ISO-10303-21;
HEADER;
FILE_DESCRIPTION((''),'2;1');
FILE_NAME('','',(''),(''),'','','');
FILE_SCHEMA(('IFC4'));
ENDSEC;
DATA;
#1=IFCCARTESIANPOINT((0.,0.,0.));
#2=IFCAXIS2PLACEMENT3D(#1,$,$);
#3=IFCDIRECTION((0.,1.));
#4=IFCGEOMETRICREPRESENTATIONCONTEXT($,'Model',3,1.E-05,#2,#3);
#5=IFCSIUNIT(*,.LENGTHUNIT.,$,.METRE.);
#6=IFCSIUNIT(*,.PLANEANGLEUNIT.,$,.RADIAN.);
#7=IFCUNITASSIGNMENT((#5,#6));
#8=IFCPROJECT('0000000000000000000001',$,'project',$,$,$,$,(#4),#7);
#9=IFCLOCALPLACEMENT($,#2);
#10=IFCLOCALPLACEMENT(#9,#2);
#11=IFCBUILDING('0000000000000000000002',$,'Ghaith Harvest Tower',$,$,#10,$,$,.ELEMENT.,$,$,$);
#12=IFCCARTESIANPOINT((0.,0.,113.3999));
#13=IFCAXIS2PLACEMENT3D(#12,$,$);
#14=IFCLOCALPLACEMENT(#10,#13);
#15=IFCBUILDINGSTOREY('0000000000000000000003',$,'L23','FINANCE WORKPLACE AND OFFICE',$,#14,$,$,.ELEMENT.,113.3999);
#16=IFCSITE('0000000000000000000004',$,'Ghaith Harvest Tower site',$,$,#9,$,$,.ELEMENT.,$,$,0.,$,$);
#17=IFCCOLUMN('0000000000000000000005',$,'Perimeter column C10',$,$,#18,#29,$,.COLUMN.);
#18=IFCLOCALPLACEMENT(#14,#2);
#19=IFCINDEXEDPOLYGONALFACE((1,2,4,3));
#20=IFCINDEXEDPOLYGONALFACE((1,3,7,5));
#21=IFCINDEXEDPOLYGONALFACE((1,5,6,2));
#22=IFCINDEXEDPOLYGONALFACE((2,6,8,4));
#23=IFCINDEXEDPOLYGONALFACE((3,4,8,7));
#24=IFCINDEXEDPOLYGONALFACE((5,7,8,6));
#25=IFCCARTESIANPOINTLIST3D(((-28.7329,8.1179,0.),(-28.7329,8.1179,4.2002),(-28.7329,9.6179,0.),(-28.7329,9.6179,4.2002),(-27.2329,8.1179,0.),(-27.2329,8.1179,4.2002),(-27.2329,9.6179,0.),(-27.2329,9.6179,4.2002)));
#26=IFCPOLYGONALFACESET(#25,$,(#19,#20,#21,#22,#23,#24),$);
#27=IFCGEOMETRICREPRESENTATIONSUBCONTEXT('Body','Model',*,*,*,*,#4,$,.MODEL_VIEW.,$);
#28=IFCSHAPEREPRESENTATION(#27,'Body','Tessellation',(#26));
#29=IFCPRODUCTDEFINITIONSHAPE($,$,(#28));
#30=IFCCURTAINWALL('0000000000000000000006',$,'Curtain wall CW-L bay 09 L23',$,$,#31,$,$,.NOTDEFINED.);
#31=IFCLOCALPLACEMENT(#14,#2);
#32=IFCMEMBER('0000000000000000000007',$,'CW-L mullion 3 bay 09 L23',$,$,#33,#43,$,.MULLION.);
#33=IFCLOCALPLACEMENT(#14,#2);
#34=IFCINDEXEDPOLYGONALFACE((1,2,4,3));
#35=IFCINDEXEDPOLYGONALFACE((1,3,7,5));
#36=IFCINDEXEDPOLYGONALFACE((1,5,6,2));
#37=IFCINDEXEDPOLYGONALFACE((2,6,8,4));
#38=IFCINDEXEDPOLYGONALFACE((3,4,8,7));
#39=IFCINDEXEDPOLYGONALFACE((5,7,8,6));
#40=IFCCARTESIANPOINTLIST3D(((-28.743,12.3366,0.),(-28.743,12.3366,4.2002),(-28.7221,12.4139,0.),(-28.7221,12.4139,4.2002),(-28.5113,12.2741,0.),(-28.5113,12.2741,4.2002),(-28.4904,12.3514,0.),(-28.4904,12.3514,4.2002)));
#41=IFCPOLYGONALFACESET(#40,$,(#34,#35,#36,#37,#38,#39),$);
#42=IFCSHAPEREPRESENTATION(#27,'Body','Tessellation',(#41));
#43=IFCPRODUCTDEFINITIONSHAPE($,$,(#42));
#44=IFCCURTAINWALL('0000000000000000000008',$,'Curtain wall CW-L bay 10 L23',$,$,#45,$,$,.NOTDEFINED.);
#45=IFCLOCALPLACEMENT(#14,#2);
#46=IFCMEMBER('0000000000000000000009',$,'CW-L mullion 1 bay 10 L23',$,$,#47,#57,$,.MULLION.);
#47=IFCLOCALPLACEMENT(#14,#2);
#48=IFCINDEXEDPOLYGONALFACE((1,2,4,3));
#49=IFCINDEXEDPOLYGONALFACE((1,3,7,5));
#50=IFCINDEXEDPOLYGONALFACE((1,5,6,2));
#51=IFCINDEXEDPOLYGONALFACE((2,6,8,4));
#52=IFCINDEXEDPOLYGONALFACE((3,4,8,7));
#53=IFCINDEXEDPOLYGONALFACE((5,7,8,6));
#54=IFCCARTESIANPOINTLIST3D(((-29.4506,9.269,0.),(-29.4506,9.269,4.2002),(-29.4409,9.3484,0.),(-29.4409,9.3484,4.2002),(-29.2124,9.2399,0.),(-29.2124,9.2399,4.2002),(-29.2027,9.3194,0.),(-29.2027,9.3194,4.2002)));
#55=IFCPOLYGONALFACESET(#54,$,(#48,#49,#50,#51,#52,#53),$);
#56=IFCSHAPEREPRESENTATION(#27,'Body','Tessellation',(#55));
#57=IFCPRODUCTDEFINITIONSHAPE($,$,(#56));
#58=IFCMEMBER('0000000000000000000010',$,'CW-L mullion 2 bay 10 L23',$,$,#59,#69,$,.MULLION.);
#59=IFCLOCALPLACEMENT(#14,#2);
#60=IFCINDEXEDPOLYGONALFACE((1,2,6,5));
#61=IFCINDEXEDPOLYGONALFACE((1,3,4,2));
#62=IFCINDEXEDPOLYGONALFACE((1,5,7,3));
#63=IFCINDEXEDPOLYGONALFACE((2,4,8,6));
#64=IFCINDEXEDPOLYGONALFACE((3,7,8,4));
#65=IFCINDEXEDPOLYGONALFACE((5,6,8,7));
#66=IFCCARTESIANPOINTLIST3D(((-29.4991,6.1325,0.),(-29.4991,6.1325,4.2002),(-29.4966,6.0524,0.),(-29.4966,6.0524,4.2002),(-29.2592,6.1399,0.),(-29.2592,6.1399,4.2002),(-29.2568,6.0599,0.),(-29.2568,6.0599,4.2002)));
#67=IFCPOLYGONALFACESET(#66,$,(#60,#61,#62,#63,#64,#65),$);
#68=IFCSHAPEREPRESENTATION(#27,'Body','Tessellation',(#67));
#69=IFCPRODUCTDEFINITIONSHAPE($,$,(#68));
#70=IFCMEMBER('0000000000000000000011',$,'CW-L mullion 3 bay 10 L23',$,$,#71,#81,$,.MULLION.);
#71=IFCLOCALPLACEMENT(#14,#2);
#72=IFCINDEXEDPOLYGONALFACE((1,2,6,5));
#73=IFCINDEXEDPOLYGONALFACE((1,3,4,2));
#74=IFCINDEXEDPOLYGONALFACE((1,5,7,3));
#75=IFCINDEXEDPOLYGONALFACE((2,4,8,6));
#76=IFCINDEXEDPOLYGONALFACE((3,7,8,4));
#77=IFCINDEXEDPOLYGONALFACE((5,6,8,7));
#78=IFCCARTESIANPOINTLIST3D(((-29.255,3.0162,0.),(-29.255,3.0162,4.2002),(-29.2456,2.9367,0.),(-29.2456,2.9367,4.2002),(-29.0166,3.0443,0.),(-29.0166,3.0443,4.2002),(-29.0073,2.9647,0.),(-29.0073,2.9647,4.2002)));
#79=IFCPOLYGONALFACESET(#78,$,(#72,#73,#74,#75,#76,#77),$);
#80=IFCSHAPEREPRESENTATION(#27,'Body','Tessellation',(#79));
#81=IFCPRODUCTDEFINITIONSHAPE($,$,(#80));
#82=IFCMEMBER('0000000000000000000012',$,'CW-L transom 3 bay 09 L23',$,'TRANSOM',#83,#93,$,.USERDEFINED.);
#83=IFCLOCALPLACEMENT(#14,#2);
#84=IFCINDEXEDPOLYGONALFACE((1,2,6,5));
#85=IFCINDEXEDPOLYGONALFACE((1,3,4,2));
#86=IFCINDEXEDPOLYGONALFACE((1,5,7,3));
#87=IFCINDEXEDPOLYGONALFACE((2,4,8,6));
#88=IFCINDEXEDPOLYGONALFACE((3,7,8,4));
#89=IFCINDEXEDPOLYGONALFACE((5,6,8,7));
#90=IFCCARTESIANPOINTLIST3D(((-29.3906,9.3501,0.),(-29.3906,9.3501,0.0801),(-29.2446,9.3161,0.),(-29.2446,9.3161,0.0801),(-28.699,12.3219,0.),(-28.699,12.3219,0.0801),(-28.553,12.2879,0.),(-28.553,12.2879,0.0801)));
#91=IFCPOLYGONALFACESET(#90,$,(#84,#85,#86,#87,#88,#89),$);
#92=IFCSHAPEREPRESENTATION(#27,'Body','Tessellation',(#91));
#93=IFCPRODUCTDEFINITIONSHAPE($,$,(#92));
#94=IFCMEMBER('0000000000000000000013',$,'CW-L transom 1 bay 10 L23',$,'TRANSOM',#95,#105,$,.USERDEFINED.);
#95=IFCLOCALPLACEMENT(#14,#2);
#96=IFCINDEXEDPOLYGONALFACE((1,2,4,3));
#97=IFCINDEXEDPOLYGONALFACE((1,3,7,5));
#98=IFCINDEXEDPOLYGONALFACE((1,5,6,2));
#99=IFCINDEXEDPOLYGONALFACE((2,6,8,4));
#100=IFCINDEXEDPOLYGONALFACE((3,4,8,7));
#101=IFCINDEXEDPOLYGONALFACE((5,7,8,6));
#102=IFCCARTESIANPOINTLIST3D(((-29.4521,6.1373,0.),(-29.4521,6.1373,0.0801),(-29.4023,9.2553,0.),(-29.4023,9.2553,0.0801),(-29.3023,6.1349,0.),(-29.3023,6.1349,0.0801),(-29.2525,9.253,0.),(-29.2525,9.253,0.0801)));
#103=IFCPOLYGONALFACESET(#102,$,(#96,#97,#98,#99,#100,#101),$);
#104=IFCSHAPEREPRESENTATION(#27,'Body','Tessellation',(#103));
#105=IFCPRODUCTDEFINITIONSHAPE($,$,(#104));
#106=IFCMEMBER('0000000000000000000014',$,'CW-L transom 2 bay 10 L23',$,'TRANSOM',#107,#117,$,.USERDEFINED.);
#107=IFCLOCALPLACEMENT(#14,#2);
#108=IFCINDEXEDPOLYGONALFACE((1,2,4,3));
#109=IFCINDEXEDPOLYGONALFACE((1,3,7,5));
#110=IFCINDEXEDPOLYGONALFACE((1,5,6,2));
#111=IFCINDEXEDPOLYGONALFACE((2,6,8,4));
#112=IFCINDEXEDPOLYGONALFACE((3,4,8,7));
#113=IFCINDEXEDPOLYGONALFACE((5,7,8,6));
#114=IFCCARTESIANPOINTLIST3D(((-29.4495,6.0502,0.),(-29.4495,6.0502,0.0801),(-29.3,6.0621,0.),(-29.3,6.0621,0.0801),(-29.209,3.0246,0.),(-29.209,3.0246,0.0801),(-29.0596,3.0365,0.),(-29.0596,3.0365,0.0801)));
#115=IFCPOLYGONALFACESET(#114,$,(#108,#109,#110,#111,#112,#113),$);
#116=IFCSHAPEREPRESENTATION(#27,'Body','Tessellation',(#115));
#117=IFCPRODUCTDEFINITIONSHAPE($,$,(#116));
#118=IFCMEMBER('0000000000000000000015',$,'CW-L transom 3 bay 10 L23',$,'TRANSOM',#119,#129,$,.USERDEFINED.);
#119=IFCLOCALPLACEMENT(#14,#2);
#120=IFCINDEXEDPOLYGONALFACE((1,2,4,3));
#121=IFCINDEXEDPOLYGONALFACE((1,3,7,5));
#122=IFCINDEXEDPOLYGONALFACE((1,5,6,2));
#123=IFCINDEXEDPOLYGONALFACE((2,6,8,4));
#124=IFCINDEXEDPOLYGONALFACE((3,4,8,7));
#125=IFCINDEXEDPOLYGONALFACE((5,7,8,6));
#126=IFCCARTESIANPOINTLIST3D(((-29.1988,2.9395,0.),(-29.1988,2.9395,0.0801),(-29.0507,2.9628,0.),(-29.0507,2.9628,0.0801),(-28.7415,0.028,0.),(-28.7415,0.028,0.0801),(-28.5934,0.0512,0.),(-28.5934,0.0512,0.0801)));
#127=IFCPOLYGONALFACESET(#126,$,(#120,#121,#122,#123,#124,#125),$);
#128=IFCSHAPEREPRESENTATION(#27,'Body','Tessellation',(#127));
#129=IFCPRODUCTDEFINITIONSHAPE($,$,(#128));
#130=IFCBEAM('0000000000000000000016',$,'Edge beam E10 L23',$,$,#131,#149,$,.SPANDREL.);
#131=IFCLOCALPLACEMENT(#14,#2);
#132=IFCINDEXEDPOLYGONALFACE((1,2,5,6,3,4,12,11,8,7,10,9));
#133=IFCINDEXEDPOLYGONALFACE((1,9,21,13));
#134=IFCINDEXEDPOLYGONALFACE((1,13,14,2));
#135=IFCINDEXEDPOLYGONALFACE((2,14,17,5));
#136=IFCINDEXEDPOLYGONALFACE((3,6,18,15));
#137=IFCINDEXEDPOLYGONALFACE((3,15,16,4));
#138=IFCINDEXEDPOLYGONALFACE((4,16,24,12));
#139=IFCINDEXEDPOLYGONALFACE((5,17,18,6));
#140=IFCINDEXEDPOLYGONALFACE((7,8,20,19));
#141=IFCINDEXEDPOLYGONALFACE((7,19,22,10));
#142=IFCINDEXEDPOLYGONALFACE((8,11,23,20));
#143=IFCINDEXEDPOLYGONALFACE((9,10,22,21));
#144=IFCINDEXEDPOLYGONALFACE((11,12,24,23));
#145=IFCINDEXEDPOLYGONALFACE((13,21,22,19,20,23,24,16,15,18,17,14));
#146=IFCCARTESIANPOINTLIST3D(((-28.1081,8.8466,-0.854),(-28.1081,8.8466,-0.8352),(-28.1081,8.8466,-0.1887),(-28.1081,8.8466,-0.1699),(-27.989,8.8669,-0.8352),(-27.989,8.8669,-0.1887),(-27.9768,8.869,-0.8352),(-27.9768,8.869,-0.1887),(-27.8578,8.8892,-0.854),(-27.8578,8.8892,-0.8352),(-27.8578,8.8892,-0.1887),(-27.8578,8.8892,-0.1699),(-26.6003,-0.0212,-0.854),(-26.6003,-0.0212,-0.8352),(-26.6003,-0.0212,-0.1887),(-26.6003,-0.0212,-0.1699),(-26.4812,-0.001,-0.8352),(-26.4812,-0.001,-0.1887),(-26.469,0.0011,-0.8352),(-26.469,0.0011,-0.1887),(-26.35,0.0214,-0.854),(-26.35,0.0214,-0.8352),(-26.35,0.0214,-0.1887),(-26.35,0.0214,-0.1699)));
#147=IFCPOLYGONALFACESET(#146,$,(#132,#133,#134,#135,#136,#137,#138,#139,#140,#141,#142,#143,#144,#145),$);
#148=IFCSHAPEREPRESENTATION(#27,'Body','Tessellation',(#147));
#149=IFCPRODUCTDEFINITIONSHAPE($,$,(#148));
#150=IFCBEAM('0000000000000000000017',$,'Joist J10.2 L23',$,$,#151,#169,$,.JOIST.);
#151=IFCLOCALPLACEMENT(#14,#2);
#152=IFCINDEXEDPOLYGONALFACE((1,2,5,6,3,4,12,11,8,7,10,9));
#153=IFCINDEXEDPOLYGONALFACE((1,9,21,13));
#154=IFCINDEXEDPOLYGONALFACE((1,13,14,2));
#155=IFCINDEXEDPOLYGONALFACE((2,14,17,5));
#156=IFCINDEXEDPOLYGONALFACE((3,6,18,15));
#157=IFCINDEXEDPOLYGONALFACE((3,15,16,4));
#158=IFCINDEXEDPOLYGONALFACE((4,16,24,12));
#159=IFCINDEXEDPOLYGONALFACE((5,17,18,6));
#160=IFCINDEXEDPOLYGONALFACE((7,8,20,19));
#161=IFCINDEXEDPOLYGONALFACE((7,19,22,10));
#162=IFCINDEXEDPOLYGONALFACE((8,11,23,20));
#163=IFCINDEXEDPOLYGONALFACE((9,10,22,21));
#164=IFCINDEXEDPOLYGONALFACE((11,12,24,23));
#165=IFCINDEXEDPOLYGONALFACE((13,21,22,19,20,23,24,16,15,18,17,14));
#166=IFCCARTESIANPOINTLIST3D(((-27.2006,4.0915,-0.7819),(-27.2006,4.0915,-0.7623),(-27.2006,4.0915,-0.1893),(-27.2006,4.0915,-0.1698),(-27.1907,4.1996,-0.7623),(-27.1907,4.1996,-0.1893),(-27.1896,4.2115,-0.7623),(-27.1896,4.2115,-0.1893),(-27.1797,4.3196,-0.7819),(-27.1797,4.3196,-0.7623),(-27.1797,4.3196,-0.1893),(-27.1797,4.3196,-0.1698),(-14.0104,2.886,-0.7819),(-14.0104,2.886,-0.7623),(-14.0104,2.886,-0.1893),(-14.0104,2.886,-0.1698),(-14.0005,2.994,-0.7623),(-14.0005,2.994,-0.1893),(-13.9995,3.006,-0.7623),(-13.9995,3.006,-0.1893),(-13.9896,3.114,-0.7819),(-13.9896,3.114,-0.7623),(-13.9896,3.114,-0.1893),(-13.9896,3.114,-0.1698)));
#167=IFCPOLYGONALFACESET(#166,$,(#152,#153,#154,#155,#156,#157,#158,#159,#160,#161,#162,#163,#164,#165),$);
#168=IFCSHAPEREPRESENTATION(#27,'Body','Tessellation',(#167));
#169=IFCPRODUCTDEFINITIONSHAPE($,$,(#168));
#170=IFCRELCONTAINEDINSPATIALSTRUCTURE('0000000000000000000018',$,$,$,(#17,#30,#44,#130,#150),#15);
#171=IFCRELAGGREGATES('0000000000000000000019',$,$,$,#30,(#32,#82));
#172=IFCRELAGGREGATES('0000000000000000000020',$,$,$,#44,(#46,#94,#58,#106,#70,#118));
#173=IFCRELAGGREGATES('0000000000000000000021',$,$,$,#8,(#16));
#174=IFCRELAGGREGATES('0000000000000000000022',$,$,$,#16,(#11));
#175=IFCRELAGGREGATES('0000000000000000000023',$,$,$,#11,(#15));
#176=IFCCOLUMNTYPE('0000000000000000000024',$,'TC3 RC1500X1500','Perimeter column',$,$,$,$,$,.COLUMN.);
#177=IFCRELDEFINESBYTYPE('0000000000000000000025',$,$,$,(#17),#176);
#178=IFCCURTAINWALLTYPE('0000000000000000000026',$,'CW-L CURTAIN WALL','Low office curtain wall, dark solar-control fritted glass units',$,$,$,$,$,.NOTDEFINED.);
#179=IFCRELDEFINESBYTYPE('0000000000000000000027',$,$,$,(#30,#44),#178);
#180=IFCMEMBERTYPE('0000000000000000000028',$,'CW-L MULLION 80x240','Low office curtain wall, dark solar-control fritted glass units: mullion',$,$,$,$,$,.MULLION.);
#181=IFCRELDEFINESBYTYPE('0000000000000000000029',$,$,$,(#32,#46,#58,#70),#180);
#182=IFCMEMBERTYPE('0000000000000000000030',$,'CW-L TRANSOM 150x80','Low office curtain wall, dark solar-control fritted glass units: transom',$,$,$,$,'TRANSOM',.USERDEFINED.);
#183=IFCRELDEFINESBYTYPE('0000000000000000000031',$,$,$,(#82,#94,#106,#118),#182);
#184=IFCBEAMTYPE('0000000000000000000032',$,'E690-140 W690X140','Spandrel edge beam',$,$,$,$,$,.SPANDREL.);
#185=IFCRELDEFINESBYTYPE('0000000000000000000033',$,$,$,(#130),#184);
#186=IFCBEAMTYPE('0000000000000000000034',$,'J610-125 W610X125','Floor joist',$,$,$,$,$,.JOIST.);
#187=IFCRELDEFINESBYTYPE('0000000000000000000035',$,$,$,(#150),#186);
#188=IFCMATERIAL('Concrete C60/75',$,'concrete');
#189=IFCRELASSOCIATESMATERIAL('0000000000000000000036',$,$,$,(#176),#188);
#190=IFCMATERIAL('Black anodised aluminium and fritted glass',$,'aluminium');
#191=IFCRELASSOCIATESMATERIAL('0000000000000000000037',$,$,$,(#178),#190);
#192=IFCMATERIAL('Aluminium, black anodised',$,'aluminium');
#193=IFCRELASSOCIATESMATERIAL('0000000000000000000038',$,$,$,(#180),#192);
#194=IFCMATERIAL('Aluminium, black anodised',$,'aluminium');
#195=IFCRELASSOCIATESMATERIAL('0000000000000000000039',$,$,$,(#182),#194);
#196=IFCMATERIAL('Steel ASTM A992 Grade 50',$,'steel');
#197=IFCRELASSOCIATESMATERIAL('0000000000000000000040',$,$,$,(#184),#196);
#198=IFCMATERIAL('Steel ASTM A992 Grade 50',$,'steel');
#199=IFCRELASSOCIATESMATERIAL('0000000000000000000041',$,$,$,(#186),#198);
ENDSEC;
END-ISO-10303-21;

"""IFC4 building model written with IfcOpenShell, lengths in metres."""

from ifc_helpers import new_model, si_unit, direction, frame, origin, origin_2d, place, context, subcontext, project, spatial, rectangle, i_section, extrude, material, material_profile, profile_set, type_object, element, aggregate, save


model = new_model("IFC4")

# Units and contexts
model_context = context("Model", 3, precision=1e-05, world=origin(), true_north=direction((0.0, 1.0)))
body_context = subcontext(model_context, "Body", "Model", "MODEL_VIEW")
ifc_project = project(units=[si_unit("LENGTHUNIT", "METRE"), si_unit("PLANEANGLEUNIT", "RADIAN")], contexts=[model_context])

# Site, building, storey
site_placement = place(None, origin())
site = spatial("IfcSite", under=ifc_project, at=site_placement, Name="Ghaith Harvest Tower site", CompositionType="ELEMENT", RefElevation=0.0)
building_placement = place(site_placement, origin())
building = spatial("IfcBuilding", under=site, at=building_placement, Name="Ghaith Harvest Tower", CompositionType="ELEMENT")
storey_placement = place(building_placement, frame((0.0, 0.0, 113.3999)))
storey = spatial("IfcBuildingStorey", under=building, at=storey_placement, Name="L23", Description="FINANCE WORKPLACE AND OFFICE", CompositionType="ELEMENT", Elevation=113.3999)

# Column
ifc_material_1 = material(Name="Concrete C60/75", Category="concrete")
ifc_material_profile_1 = material_profile(ifc_material_1, rectangle(XDim=1.5, YDim=1.5, at=origin_2d()), Name="RC1500X1500")
ifc_profile_set_1 = profile_set([ifc_material_profile_1], Name="Concrete C60/75")
column_type = type_object("IfcColumnType", Name="TC3 RC1500X1500", Description="Perimeter column", PredefinedType="COLUMN", material=ifc_profile_set_1)
column_placement = place(storey_placement, frame((-27.9829, 8.8679, 0.0), z_axis=(0.0, 0.0, 1.0), x_axis=(1.0, 0.0, 0.0)))
element("IfcColumn", 1, at=column_placement, inside=storey, type_object=column_type, Name="Perimeter column C10", PredefinedType="COLUMN", context=body_context, shape_type="SweptSolid", body=[
    extrude(rectangle(XDim=1.5, YDim=1.5, at=origin_2d()), origin(), (0.0, 0.0, 1.0), 4.2002),
])

# Curtain wall, member
ifc_material_2 = material(Name="Black anodised aluminium and fritted glass", Category="aluminium")
curtain_wall_type = type_object("IfcCurtainWallType", Name="CW-L CURTAIN WALL", Description="Low office curtain wall, dark solar-control fritted glass units", PredefinedType="NOTDEFINED", material=ifc_material_2)
curtain_wall_1_placement = place(storey_placement, origin())
curtain_wall_1 = element("IfcCurtainWall", 2, at=curtain_wall_1_placement, inside=storey, type_object=curtain_wall_type, Name="Curtain wall CW-L bay 09 L23", PredefinedType="NOTDEFINED")
ifc_material_3 = material(Name="Aluminium, black anodised", Category="aluminium")
ifc_material_profile_2 = material_profile(ifc_material_3, rectangle(XDim=0.0801, YDim=0.24, at=origin_2d()), Name="CW-L MULLION 80x240")
ifc_profile_set_2 = profile_set([ifc_material_profile_2], Name="Aluminium, black anodised")
member_type_1 = type_object("IfcMemberType", Name="CW-L MULLION 80x240", Description="Low office curtain wall, dark solar-control fritted glass units: mullion", PredefinedType="MULLION", material=ifc_profile_set_2)
member_1_placement = place(storey_placement, frame((-28.6167, 12.344, 0.0), z_axis=(0.0, 0.0, 1.0), x_axis=(-0.260727, -0.965412, 0.0)))
member_1 = element("IfcMember", 3, at=member_1_placement, type_object=member_type_1, Name="CW-L mullion 3 bay 09 L23", PredefinedType="MULLION", context=body_context, shape_type="SweptSolid", body=[
    extrude(rectangle(XDim=0.0801, YDim=0.24, at=origin_2d()), origin(), (0.0, 0.0, 1.0), 4.2002),
])

# Curtain wall, members
curtain_wall_2_placement = place(storey_placement, origin())
curtain_wall_2 = element("IfcCurtainWall", 4, at=curtain_wall_2_placement, inside=storey, type_object=curtain_wall_type, Name="Curtain wall CW-L bay 10 L23", PredefinedType="NOTDEFINED")
member_2_placement = place(storey_placement, frame((-29.3267, 9.2942, 0.0), z_axis=(0.0, 0.0, 1.0), x_axis=(-0.120932, -0.992661, 0.0)))
member_2 = element("IfcMember", 5, at=member_2_placement, type_object=member_type_1, Name="CW-L mullion 1 bay 10 L23", PredefinedType="MULLION", context=body_context, shape_type="SweptSolid", body=[
    extrude(rectangle(XDim=0.0801, YDim=0.24, at=origin_2d()), origin(), (0.0, 0.0, 1.0), 4.2002),
])
member_3_placement = place(storey_placement, frame((-29.3779, 6.0962, 0.0), z_axis=(0.0, 0.0, 1.0), x_axis=(0.031028, -0.999519, 0.0)))
member_3 = element("IfcMember", 6, at=member_3_placement, type_object=member_type_1, Name="CW-L mullion 2 bay 10 L23", PredefinedType="MULLION", context=body_context, shape_type="SweptSolid", body=[
    extrude(rectangle(XDim=0.0801, YDim=0.24, at=origin_2d()), origin(), (0.0, 0.0, 1.0), 4.2002),
])
member_4_placement = place(storey_placement, frame((-29.1311, 2.9905, 0.0), z_axis=(0.0, 0.0, 1.0), x_axis=(0.116764, -0.99316, 0.0)))
member_4 = element("IfcMember", 7, at=member_4_placement, type_object=member_type_1, Name="CW-L mullion 3 bay 10 L23", PredefinedType="MULLION", context=body_context, shape_type="SweptSolid", body=[
    extrude(rectangle(XDim=0.0801, YDim=0.24, at=origin_2d()), origin(), (0.0, 0.0, 1.0), 4.2002),
])

# Members
ifc_material_4 = material(Name="Aluminium, black anodised", Category="aluminium")
ifc_material_profile_3 = material_profile(ifc_material_4, rectangle(XDim=0.1499, YDim=0.0801, at=origin_2d()), Name="CW-L TRANSOM 150x80")
ifc_profile_set_3 = profile_set([ifc_material_profile_3], Name="Aluminium, black anodised")
member_type_2 = type_object("IfcMemberType", Name="CW-L TRANSOM 150x80", Description="Low office curtain wall, dark solar-control fritted glass units: transom", ElementType="TRANSOM", PredefinedType="USERDEFINED", material=ifc_profile_set_3)
member_5_placement = place(storey_placement, frame((-28.626, 12.3049, 0.04), z_axis=(-0.226671, -0.973971, 0.0), x_axis=(0.973971, -0.226671, 0.0)))
member_5 = element("IfcMember", 8, at=member_5_placement, type_object=member_type_2, Name="CW-L transom 3 bay 09 L23", ObjectType="TRANSOM", PredefinedType="USERDEFINED", context=body_context, shape_type="SweptSolid", body=[
    extrude(rectangle(XDim=0.1499, YDim=0.0801, at=origin_2d()), origin(), (0.0, 0.0, 1.0), 3.0513),
])
member_6_placement = place(storey_placement, frame((-29.3274, 9.2542, 0.04), z_axis=(-0.015972, -0.999872, 0.0), x_axis=(0.999872, -0.015972, 0.0)))
member_6 = element("IfcMember", 9, at=member_6_placement, type_object=member_type_2, Name="CW-L transom 1 bay 10 L23", ObjectType="TRANSOM", PredefinedType="USERDEFINED", context=body_context, shape_type="SweptSolid", body=[
    extrude(rectangle(XDim=0.1499, YDim=0.0801, at=origin_2d()), origin(), (0.0, 0.0, 1.0), 3.1184),
])
member_7_placement = place(storey_placement, frame((-29.3748, 6.0562, 0.04), z_axis=(0.07923, -0.996856, 0.0), x_axis=(0.996856, 0.07923, 0.0)))
member_7 = element("IfcMember", 10, at=member_7_placement, type_object=member_type_2, Name="CW-L transom 2 bay 10 L23", ObjectType="TRANSOM", PredefinedType="USERDEFINED", context=body_context, shape_type="SweptSolid", body=[
    extrude(rectangle(XDim=0.1499, YDim=0.0801, at=origin_2d()), origin(), (0.0, 0.0, 1.0), 3.0352),
])
member_8_placement = place(storey_placement, frame((-29.1248, 2.9512, 0.04), z_axis=(0.15515, -0.987891, 0.0), x_axis=(0.987891, 0.15515, 0.0)))
member_8 = element("IfcMember", 11, at=member_8_placement, type_object=member_type_2, Name="CW-L transom 3 bay 10 L23", ObjectType="TRANSOM", PredefinedType="USERDEFINED", context=body_context, shape_type="SweptSolid", body=[
    extrude(rectangle(XDim=0.1499, YDim=0.0801, at=origin_2d()), origin(), (0.0, 0.0, 1.0), 2.9473),
])

# Beams
ifc_material_5 = material(Name="Steel ASTM A992 Grade 50", Category="steel")
ifc_material_profile_4 = material_profile(ifc_material_5, i_section(OverallWidth=0.2539, OverallDepth=0.6841, WebThickness=0.0125, FlangeThickness=0.0188, at=origin_2d()), Name="W690X140")
ifc_profile_set_4 = profile_set([ifc_material_profile_4], Name="Steel ASTM A992 Grade 50")
beam_type_1 = type_object("IfcBeamType", Name="E690-140 W690X140", Description="Spandrel edge beam", PredefinedType="SPANDREL", material=ifc_profile_set_4)
beam_1_placement = place(storey_placement, frame((-27.9829, 8.8679, -0.512), z_axis=(0.167624, -0.985851, 0.0), x_axis=(0.985851, 0.167624, 0.0)))
element("IfcBeam", 12, at=beam_1_placement, inside=storey, type_object=beam_type_1, Name="Edge beam E10 L23", PredefinedType="SPANDREL", context=body_context, shape_type="SweptSolid", body=[
    extrude(i_section(OverallWidth=0.2539, OverallDepth=0.6841, WebThickness=0.0125, FlangeThickness=0.0188, at=origin_2d()), origin(), (0.0, 0.0, 1.0), 8.9951),
])
ifc_material_6 = material(Name="Steel ASTM A992 Grade 50", Category="steel")
ifc_material_profile_5 = material_profile(ifc_material_6, i_section(OverallWidth=0.229, OverallDepth=0.6121, WebThickness=0.012, FlangeThickness=0.0195, at=origin_2d()), Name="W610X125")
ifc_profile_set_5 = profile_set([ifc_material_profile_5], Name="Steel ASTM A992 Grade 50")
beam_type_2 = type_object("IfcBeamType", Name="J610-125 W610X125", Description="Floor joist", PredefinedType="JOIST", material=ifc_profile_set_5)
beam_2_placement = place(storey_placement, frame((-14.0, 3.0, -0.4758), z_axis=(-0.995849, 0.091019, 0.0), x_axis=(-0.091019, -0.995849, 0.0)))
element("IfcBeam", 13, at=beam_2_placement, inside=storey, type_object=beam_type_2, Name="Joist J10.2 L23", PredefinedType="JOIST", context=body_context, shape_type="SweptSolid", body=[
    extrude(i_section(OverallWidth=0.229, OverallDepth=0.6121, WebThickness=0.012, FlangeThickness=0.0195, at=origin_2d()), origin(), (0.0, 0.0, 1.0), 13.2451),
])

aggregate(curtain_wall_1, [member_1, member_5])
aggregate(curtain_wall_2, [member_2, member_6, member_3, member_7, member_4, member_8])

save(model, "model.ifc")
